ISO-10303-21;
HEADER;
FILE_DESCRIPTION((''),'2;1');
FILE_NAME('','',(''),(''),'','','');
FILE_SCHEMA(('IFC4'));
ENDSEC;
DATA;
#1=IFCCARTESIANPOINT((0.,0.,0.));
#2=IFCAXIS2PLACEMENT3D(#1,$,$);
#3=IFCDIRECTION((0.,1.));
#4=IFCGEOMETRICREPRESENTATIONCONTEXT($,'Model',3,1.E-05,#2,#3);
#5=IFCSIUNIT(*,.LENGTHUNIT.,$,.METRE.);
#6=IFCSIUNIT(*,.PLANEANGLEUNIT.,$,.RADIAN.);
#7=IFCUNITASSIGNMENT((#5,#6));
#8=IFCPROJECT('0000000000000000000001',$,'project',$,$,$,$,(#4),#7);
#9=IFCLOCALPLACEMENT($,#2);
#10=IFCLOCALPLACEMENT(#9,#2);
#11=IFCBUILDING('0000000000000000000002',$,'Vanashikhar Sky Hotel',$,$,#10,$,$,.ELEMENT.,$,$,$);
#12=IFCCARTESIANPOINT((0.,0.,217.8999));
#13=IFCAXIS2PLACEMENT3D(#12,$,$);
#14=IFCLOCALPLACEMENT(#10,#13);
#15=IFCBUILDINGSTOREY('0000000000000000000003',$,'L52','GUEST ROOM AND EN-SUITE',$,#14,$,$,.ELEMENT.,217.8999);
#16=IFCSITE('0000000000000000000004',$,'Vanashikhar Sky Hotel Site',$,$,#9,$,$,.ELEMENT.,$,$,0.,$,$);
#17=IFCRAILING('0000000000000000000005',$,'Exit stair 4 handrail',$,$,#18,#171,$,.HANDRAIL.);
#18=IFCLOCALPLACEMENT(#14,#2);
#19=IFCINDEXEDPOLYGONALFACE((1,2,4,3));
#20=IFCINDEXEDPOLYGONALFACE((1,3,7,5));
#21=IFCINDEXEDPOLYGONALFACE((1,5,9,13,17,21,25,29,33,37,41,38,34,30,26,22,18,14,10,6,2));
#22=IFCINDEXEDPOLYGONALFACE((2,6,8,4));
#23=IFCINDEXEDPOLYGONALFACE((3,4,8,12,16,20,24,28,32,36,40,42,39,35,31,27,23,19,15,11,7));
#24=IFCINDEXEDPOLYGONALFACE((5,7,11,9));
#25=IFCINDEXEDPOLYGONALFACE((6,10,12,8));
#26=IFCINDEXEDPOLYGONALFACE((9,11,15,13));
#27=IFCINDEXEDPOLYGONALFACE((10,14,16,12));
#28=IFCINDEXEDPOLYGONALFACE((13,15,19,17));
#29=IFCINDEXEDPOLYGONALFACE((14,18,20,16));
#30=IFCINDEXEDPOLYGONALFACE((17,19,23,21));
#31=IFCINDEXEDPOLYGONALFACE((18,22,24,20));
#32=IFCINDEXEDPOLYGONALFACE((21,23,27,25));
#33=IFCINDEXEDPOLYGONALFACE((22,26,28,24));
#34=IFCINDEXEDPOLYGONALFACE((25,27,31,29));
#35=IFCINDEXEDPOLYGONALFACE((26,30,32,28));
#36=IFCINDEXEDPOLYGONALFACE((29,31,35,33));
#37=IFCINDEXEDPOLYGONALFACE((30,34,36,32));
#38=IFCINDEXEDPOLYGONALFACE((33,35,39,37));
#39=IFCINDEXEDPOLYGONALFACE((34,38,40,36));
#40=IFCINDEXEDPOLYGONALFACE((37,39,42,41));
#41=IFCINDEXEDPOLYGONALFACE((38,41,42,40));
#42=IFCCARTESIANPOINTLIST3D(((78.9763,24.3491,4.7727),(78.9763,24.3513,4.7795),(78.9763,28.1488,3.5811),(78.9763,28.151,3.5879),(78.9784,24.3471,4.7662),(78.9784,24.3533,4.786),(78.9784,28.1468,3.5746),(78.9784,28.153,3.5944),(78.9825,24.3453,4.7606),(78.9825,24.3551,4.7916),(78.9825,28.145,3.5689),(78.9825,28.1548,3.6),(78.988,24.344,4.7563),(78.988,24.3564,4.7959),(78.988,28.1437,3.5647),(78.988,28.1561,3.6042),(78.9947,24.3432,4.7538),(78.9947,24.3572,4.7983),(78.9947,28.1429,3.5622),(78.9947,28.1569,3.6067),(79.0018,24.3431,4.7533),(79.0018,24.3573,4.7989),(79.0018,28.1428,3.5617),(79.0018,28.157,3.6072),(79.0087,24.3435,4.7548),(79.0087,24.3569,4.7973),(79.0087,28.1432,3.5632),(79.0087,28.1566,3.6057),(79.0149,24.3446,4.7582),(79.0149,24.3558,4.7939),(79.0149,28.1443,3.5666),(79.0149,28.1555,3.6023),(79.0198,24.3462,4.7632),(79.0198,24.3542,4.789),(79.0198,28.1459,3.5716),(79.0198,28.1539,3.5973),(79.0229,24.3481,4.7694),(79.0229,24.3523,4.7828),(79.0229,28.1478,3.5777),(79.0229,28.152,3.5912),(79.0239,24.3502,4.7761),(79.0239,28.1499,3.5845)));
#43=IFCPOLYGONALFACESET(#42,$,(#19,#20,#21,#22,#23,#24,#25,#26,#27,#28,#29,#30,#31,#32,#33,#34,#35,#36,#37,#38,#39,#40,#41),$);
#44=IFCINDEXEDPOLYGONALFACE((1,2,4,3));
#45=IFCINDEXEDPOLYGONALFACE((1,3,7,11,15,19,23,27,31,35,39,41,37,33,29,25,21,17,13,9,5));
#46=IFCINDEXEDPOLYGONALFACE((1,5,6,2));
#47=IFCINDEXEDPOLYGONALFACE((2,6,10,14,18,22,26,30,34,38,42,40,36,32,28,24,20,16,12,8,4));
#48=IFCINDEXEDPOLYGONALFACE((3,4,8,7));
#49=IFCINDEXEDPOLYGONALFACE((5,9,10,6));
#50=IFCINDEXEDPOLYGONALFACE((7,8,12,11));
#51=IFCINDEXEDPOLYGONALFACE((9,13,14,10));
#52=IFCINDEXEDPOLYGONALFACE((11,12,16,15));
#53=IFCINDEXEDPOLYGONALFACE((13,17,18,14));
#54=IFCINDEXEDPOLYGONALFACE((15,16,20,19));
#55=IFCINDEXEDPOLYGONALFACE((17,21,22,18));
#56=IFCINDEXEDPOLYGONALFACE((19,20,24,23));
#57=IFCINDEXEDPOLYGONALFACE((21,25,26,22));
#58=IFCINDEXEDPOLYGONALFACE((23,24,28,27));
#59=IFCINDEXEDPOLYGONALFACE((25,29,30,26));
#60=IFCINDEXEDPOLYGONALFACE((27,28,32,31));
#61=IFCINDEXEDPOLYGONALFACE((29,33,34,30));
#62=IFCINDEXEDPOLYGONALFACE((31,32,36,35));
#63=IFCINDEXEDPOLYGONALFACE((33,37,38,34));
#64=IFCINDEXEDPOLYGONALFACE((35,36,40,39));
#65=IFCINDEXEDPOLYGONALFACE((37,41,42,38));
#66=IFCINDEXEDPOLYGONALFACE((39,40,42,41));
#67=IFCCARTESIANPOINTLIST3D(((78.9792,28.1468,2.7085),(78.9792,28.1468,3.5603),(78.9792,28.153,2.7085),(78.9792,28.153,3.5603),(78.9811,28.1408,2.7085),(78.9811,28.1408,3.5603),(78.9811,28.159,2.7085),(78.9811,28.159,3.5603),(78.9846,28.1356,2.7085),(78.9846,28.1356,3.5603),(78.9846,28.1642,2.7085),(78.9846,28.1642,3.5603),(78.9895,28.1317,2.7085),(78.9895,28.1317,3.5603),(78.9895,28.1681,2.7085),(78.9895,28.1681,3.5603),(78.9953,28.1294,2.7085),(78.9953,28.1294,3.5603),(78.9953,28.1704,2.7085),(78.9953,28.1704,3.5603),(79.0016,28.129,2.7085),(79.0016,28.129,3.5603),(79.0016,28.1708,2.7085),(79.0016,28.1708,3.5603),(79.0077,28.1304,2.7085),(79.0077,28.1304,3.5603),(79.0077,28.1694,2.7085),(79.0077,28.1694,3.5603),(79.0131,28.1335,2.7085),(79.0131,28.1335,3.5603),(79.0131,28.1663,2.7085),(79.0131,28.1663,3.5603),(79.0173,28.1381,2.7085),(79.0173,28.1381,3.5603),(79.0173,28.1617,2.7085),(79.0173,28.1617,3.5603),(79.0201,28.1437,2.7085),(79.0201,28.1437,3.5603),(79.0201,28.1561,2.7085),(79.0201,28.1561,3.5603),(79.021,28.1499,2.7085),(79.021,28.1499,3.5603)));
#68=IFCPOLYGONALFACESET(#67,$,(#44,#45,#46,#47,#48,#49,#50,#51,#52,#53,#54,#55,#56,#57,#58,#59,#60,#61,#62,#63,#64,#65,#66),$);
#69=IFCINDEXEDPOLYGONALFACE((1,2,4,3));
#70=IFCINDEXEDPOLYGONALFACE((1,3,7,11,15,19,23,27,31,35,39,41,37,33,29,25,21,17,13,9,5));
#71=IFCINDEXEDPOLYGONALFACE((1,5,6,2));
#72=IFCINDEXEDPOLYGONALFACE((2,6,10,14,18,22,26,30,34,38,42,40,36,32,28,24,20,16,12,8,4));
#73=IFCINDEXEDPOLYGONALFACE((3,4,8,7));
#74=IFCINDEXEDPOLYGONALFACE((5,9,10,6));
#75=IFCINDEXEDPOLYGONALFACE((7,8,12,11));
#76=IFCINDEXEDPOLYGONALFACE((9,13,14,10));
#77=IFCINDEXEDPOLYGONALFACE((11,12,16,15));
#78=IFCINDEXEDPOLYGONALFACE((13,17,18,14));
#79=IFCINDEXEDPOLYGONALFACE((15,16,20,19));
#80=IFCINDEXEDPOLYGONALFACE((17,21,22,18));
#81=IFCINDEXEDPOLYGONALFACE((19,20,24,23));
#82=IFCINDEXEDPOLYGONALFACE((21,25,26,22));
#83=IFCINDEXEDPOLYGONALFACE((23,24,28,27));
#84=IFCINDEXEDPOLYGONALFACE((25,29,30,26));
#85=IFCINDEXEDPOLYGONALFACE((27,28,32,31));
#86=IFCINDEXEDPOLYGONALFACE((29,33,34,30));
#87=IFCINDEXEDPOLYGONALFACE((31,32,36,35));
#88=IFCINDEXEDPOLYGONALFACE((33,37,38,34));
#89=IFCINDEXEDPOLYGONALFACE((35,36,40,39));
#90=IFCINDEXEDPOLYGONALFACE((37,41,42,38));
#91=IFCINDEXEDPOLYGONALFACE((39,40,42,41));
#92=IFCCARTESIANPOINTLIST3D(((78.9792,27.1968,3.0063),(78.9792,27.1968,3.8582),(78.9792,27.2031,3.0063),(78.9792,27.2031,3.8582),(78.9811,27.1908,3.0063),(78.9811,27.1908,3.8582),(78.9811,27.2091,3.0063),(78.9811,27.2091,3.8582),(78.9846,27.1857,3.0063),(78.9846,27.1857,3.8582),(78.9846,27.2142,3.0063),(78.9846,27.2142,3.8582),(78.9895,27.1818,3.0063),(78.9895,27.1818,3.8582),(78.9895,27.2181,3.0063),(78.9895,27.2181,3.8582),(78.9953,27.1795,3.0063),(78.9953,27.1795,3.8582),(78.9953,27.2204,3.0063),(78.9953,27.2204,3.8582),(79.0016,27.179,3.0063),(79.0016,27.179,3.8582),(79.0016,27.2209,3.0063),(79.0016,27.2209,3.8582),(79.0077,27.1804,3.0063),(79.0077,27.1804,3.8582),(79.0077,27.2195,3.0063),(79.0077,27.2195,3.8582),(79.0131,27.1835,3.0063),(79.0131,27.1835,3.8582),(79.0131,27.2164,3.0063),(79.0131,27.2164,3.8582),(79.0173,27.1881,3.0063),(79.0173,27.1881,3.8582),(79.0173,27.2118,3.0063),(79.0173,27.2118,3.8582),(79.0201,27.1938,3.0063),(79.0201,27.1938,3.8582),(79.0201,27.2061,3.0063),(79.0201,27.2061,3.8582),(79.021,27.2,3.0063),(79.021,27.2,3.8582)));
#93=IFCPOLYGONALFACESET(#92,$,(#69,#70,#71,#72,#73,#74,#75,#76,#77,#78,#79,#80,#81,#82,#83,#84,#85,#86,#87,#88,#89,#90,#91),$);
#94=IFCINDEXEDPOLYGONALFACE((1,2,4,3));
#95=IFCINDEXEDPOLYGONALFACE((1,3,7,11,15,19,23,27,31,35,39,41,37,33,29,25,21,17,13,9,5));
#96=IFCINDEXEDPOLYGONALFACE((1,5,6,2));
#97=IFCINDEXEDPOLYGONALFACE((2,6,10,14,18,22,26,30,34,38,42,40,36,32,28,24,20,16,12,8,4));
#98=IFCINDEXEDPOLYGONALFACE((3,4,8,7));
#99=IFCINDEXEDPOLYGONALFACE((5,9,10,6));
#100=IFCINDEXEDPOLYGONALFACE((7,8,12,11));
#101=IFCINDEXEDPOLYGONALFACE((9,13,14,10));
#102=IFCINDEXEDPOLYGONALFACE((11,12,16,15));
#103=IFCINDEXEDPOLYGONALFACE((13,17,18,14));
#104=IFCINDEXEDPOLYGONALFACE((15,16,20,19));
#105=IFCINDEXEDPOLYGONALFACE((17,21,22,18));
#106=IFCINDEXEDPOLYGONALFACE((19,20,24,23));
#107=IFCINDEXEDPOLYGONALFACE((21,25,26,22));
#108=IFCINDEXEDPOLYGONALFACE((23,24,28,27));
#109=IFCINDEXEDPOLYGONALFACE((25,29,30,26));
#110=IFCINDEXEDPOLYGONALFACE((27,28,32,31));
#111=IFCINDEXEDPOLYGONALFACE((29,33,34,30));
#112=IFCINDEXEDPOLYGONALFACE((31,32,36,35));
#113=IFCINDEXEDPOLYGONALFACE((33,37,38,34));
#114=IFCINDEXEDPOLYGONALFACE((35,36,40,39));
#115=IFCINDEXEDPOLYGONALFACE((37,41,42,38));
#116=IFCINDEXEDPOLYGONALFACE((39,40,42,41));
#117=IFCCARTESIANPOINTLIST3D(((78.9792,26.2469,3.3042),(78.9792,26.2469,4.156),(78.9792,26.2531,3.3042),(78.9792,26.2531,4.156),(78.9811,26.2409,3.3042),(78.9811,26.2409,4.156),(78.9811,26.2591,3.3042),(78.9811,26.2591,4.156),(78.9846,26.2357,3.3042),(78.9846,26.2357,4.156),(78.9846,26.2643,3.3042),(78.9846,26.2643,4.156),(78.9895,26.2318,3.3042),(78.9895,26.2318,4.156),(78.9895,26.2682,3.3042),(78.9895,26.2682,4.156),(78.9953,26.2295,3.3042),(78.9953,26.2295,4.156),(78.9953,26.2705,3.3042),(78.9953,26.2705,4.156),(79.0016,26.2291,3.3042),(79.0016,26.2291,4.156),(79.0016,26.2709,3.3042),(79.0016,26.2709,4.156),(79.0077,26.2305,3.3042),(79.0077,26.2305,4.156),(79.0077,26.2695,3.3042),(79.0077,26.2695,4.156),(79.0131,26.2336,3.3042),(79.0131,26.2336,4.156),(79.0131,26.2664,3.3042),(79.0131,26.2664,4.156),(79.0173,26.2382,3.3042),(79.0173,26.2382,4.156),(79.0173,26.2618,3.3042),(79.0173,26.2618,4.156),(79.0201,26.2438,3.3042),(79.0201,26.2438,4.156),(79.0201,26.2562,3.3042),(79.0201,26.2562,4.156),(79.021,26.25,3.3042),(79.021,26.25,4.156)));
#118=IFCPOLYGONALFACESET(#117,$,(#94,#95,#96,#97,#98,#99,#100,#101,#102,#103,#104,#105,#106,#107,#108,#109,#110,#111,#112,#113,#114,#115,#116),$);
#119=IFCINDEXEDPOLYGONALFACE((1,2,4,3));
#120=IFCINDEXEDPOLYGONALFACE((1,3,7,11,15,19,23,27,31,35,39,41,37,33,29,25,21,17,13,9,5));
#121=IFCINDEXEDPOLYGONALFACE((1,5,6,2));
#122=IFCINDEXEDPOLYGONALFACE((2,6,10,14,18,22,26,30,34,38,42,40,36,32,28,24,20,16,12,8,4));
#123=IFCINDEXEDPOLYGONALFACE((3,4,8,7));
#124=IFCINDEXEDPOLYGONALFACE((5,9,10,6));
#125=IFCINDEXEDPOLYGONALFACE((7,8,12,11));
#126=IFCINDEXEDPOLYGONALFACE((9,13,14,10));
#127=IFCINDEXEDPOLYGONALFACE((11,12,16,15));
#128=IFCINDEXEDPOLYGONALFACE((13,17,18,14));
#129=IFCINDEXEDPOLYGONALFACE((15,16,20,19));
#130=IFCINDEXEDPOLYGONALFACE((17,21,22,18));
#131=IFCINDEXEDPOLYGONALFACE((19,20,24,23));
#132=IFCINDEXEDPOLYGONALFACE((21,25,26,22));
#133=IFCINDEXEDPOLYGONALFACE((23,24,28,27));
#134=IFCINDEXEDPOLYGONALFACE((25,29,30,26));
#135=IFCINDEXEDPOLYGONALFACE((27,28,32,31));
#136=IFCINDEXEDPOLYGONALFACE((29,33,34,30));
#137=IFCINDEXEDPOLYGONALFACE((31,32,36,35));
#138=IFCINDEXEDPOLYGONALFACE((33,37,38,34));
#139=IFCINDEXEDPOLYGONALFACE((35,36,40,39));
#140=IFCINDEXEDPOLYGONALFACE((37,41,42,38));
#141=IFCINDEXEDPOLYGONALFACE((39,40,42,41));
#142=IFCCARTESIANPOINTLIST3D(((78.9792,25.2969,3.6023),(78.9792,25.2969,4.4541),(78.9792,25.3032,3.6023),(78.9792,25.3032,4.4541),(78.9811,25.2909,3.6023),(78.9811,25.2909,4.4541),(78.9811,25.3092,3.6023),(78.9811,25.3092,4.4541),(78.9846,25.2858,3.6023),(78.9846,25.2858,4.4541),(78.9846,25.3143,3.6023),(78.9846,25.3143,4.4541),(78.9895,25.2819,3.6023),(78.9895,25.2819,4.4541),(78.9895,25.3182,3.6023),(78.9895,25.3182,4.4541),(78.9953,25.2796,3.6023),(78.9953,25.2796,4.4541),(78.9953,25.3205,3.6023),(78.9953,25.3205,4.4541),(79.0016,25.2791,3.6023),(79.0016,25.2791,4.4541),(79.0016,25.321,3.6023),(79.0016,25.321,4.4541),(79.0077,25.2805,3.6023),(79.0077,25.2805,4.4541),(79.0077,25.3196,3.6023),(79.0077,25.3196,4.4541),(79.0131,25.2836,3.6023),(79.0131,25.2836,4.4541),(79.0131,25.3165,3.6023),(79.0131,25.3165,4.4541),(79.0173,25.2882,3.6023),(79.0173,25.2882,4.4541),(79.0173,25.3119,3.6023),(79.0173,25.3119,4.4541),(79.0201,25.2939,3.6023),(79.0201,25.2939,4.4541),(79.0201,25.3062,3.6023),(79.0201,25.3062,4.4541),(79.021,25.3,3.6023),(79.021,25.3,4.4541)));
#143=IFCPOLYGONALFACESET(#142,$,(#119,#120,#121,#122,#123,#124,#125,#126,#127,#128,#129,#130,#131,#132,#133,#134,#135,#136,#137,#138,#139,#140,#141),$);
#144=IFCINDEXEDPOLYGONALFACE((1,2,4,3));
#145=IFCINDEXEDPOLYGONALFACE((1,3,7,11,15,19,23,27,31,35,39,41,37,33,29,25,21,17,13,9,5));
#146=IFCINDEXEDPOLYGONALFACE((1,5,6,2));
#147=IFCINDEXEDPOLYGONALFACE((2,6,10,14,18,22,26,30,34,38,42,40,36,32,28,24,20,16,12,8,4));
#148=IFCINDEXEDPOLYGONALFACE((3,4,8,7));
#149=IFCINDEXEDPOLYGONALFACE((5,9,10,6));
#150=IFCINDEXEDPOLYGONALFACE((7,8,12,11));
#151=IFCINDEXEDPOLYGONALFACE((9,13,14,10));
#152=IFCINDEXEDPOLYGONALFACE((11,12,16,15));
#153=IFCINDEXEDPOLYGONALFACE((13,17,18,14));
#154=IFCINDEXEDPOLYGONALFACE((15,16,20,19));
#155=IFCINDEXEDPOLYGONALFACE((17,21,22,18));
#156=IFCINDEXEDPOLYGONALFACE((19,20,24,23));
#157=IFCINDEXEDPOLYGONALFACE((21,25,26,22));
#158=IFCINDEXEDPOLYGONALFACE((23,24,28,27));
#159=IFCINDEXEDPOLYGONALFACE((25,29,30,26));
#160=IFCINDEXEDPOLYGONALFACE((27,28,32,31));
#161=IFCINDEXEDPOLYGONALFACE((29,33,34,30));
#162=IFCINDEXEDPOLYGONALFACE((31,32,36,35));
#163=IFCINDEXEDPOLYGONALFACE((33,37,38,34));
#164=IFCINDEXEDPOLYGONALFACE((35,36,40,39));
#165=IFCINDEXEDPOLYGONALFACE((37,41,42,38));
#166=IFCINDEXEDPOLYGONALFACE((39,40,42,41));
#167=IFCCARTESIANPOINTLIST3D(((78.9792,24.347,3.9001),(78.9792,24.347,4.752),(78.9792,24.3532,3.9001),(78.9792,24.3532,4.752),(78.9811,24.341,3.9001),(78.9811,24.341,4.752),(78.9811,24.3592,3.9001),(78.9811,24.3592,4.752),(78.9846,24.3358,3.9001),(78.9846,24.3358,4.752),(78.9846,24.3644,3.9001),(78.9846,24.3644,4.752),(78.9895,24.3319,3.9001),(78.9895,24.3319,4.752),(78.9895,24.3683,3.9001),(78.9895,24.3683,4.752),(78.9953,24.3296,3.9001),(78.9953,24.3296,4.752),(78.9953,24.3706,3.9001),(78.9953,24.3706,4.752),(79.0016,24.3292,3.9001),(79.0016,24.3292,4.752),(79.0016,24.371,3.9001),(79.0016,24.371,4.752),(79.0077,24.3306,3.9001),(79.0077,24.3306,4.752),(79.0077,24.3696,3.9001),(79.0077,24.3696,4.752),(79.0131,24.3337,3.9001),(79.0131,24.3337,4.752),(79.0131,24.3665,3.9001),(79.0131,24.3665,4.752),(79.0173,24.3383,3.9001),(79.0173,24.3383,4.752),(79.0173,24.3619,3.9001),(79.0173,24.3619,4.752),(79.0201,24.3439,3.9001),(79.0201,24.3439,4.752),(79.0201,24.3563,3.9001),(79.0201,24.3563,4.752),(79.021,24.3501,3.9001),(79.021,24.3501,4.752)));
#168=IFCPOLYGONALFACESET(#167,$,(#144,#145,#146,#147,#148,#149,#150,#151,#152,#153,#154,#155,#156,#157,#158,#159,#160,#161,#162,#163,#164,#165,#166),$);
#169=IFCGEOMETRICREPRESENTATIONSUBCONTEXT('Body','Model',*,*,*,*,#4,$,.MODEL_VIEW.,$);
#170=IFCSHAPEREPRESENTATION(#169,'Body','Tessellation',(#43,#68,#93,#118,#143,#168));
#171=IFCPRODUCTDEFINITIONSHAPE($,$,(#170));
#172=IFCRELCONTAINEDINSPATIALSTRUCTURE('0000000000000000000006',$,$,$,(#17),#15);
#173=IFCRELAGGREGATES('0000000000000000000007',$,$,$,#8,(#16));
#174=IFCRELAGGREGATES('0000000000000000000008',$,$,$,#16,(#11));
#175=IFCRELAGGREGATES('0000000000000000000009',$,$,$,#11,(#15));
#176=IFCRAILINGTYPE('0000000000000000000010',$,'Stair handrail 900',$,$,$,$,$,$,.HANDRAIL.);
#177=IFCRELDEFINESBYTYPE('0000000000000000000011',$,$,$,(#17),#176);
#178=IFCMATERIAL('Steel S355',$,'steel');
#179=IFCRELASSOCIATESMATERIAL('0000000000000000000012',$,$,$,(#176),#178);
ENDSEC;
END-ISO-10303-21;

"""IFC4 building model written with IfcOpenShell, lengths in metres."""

from ifc_helpers import new_model, si_unit, direction, frame, origin, origin_2d, place, context, subcontext, project, spatial, circle, extrude, source, transform, mapped, material, type_object, element, save


model = new_model("IFC4")

# Units and contexts
model_context = context("Model", 3, precision=1e-05, world=origin(), true_north=direction((0.0, 1.0)))
body_context = subcontext(model_context, "Body", "Model", "MODEL_VIEW")
ifc_project = project(units=[si_unit("LENGTHUNIT", "METRE"), si_unit("PLANEANGLEUNIT", "RADIAN")], contexts=[model_context])

# Site, building, storey
site_placement = place(None, origin())
site = spatial("IfcSite", under=ifc_project, at=site_placement, Name="Vanashikhar Sky Hotel Site", CompositionType="ELEMENT", RefElevation=0.0)
building_placement = place(site_placement, origin())
building = spatial("IfcBuilding", under=site, at=building_placement, Name="Vanashikhar Sky Hotel", CompositionType="ELEMENT")
storey_placement = place(building_placement, frame((0.0, 0.0, 217.8999)))
storey = spatial("IfcBuildingStorey", under=building, at=storey_placement, Name="L52", Description="GUEST ROOM AND EN-SUITE", CompositionType="ELEMENT", Elevation=217.8999)

# Railing
ifc_material_1 = material(Name="Steel S355", Category="steel")
railing_type = type_object("IfcRailingType", Name="Stair handrail 900", PredefinedType="HANDRAIL", material=ifc_material_1)
shared_shape_1 = source(origin(), body_context, "Body", "SweptSolid", [
    extrude(circle(Radius=0.0239, at=origin_2d()), frame((0.0, 0.0, 0.876), z_axis=(0.0, -0.954178, 0.299238), x_axis=(1.0, 0.0, 0.0)), (0.0, 0.0, 1.0), 3.9822),
    extrude(circle(Radius=0.021, at=origin_2d()), origin(), (0.0, 0.0, 1.0), 0.8518),
    extrude(circle(Radius=0.021, at=origin_2d()), frame((0.0, -0.95, 0.2979)), (0.0, 0.0, 1.0), 0.8518),
    extrude(circle(Radius=0.021, at=origin_2d()), frame((0.0, -1.8999, 0.5957)), (0.0, 0.0, 1.0), 0.8518),
    extrude(circle(Radius=0.021, at=origin_2d()), frame((0.0, -2.8499, 0.8938)), (0.0, 0.0, 1.0), 0.8518),
    extrude(circle(Radius=0.021, at=origin_2d()), frame((0.0, -3.7998, 1.1917)), (0.0, 0.0, 1.0), 0.8518),
])
for number, where, name in (
    (1, (79.0, 28.1499, 2.7085), "Exit stair 4 handrail"),
):
    element("IfcRailing", number, at=place(storey_placement, frame(where)), inside=storey, type_object=railing_type, Name=name, PredefinedType="HANDRAIL", context=body_context, shape_type="MappedRepresentation", body=[
        mapped(shared_shape_1, transform((0.0, 0.0, 0.0), scale=1.0)),
    ])

save(model, "model.ifc")
